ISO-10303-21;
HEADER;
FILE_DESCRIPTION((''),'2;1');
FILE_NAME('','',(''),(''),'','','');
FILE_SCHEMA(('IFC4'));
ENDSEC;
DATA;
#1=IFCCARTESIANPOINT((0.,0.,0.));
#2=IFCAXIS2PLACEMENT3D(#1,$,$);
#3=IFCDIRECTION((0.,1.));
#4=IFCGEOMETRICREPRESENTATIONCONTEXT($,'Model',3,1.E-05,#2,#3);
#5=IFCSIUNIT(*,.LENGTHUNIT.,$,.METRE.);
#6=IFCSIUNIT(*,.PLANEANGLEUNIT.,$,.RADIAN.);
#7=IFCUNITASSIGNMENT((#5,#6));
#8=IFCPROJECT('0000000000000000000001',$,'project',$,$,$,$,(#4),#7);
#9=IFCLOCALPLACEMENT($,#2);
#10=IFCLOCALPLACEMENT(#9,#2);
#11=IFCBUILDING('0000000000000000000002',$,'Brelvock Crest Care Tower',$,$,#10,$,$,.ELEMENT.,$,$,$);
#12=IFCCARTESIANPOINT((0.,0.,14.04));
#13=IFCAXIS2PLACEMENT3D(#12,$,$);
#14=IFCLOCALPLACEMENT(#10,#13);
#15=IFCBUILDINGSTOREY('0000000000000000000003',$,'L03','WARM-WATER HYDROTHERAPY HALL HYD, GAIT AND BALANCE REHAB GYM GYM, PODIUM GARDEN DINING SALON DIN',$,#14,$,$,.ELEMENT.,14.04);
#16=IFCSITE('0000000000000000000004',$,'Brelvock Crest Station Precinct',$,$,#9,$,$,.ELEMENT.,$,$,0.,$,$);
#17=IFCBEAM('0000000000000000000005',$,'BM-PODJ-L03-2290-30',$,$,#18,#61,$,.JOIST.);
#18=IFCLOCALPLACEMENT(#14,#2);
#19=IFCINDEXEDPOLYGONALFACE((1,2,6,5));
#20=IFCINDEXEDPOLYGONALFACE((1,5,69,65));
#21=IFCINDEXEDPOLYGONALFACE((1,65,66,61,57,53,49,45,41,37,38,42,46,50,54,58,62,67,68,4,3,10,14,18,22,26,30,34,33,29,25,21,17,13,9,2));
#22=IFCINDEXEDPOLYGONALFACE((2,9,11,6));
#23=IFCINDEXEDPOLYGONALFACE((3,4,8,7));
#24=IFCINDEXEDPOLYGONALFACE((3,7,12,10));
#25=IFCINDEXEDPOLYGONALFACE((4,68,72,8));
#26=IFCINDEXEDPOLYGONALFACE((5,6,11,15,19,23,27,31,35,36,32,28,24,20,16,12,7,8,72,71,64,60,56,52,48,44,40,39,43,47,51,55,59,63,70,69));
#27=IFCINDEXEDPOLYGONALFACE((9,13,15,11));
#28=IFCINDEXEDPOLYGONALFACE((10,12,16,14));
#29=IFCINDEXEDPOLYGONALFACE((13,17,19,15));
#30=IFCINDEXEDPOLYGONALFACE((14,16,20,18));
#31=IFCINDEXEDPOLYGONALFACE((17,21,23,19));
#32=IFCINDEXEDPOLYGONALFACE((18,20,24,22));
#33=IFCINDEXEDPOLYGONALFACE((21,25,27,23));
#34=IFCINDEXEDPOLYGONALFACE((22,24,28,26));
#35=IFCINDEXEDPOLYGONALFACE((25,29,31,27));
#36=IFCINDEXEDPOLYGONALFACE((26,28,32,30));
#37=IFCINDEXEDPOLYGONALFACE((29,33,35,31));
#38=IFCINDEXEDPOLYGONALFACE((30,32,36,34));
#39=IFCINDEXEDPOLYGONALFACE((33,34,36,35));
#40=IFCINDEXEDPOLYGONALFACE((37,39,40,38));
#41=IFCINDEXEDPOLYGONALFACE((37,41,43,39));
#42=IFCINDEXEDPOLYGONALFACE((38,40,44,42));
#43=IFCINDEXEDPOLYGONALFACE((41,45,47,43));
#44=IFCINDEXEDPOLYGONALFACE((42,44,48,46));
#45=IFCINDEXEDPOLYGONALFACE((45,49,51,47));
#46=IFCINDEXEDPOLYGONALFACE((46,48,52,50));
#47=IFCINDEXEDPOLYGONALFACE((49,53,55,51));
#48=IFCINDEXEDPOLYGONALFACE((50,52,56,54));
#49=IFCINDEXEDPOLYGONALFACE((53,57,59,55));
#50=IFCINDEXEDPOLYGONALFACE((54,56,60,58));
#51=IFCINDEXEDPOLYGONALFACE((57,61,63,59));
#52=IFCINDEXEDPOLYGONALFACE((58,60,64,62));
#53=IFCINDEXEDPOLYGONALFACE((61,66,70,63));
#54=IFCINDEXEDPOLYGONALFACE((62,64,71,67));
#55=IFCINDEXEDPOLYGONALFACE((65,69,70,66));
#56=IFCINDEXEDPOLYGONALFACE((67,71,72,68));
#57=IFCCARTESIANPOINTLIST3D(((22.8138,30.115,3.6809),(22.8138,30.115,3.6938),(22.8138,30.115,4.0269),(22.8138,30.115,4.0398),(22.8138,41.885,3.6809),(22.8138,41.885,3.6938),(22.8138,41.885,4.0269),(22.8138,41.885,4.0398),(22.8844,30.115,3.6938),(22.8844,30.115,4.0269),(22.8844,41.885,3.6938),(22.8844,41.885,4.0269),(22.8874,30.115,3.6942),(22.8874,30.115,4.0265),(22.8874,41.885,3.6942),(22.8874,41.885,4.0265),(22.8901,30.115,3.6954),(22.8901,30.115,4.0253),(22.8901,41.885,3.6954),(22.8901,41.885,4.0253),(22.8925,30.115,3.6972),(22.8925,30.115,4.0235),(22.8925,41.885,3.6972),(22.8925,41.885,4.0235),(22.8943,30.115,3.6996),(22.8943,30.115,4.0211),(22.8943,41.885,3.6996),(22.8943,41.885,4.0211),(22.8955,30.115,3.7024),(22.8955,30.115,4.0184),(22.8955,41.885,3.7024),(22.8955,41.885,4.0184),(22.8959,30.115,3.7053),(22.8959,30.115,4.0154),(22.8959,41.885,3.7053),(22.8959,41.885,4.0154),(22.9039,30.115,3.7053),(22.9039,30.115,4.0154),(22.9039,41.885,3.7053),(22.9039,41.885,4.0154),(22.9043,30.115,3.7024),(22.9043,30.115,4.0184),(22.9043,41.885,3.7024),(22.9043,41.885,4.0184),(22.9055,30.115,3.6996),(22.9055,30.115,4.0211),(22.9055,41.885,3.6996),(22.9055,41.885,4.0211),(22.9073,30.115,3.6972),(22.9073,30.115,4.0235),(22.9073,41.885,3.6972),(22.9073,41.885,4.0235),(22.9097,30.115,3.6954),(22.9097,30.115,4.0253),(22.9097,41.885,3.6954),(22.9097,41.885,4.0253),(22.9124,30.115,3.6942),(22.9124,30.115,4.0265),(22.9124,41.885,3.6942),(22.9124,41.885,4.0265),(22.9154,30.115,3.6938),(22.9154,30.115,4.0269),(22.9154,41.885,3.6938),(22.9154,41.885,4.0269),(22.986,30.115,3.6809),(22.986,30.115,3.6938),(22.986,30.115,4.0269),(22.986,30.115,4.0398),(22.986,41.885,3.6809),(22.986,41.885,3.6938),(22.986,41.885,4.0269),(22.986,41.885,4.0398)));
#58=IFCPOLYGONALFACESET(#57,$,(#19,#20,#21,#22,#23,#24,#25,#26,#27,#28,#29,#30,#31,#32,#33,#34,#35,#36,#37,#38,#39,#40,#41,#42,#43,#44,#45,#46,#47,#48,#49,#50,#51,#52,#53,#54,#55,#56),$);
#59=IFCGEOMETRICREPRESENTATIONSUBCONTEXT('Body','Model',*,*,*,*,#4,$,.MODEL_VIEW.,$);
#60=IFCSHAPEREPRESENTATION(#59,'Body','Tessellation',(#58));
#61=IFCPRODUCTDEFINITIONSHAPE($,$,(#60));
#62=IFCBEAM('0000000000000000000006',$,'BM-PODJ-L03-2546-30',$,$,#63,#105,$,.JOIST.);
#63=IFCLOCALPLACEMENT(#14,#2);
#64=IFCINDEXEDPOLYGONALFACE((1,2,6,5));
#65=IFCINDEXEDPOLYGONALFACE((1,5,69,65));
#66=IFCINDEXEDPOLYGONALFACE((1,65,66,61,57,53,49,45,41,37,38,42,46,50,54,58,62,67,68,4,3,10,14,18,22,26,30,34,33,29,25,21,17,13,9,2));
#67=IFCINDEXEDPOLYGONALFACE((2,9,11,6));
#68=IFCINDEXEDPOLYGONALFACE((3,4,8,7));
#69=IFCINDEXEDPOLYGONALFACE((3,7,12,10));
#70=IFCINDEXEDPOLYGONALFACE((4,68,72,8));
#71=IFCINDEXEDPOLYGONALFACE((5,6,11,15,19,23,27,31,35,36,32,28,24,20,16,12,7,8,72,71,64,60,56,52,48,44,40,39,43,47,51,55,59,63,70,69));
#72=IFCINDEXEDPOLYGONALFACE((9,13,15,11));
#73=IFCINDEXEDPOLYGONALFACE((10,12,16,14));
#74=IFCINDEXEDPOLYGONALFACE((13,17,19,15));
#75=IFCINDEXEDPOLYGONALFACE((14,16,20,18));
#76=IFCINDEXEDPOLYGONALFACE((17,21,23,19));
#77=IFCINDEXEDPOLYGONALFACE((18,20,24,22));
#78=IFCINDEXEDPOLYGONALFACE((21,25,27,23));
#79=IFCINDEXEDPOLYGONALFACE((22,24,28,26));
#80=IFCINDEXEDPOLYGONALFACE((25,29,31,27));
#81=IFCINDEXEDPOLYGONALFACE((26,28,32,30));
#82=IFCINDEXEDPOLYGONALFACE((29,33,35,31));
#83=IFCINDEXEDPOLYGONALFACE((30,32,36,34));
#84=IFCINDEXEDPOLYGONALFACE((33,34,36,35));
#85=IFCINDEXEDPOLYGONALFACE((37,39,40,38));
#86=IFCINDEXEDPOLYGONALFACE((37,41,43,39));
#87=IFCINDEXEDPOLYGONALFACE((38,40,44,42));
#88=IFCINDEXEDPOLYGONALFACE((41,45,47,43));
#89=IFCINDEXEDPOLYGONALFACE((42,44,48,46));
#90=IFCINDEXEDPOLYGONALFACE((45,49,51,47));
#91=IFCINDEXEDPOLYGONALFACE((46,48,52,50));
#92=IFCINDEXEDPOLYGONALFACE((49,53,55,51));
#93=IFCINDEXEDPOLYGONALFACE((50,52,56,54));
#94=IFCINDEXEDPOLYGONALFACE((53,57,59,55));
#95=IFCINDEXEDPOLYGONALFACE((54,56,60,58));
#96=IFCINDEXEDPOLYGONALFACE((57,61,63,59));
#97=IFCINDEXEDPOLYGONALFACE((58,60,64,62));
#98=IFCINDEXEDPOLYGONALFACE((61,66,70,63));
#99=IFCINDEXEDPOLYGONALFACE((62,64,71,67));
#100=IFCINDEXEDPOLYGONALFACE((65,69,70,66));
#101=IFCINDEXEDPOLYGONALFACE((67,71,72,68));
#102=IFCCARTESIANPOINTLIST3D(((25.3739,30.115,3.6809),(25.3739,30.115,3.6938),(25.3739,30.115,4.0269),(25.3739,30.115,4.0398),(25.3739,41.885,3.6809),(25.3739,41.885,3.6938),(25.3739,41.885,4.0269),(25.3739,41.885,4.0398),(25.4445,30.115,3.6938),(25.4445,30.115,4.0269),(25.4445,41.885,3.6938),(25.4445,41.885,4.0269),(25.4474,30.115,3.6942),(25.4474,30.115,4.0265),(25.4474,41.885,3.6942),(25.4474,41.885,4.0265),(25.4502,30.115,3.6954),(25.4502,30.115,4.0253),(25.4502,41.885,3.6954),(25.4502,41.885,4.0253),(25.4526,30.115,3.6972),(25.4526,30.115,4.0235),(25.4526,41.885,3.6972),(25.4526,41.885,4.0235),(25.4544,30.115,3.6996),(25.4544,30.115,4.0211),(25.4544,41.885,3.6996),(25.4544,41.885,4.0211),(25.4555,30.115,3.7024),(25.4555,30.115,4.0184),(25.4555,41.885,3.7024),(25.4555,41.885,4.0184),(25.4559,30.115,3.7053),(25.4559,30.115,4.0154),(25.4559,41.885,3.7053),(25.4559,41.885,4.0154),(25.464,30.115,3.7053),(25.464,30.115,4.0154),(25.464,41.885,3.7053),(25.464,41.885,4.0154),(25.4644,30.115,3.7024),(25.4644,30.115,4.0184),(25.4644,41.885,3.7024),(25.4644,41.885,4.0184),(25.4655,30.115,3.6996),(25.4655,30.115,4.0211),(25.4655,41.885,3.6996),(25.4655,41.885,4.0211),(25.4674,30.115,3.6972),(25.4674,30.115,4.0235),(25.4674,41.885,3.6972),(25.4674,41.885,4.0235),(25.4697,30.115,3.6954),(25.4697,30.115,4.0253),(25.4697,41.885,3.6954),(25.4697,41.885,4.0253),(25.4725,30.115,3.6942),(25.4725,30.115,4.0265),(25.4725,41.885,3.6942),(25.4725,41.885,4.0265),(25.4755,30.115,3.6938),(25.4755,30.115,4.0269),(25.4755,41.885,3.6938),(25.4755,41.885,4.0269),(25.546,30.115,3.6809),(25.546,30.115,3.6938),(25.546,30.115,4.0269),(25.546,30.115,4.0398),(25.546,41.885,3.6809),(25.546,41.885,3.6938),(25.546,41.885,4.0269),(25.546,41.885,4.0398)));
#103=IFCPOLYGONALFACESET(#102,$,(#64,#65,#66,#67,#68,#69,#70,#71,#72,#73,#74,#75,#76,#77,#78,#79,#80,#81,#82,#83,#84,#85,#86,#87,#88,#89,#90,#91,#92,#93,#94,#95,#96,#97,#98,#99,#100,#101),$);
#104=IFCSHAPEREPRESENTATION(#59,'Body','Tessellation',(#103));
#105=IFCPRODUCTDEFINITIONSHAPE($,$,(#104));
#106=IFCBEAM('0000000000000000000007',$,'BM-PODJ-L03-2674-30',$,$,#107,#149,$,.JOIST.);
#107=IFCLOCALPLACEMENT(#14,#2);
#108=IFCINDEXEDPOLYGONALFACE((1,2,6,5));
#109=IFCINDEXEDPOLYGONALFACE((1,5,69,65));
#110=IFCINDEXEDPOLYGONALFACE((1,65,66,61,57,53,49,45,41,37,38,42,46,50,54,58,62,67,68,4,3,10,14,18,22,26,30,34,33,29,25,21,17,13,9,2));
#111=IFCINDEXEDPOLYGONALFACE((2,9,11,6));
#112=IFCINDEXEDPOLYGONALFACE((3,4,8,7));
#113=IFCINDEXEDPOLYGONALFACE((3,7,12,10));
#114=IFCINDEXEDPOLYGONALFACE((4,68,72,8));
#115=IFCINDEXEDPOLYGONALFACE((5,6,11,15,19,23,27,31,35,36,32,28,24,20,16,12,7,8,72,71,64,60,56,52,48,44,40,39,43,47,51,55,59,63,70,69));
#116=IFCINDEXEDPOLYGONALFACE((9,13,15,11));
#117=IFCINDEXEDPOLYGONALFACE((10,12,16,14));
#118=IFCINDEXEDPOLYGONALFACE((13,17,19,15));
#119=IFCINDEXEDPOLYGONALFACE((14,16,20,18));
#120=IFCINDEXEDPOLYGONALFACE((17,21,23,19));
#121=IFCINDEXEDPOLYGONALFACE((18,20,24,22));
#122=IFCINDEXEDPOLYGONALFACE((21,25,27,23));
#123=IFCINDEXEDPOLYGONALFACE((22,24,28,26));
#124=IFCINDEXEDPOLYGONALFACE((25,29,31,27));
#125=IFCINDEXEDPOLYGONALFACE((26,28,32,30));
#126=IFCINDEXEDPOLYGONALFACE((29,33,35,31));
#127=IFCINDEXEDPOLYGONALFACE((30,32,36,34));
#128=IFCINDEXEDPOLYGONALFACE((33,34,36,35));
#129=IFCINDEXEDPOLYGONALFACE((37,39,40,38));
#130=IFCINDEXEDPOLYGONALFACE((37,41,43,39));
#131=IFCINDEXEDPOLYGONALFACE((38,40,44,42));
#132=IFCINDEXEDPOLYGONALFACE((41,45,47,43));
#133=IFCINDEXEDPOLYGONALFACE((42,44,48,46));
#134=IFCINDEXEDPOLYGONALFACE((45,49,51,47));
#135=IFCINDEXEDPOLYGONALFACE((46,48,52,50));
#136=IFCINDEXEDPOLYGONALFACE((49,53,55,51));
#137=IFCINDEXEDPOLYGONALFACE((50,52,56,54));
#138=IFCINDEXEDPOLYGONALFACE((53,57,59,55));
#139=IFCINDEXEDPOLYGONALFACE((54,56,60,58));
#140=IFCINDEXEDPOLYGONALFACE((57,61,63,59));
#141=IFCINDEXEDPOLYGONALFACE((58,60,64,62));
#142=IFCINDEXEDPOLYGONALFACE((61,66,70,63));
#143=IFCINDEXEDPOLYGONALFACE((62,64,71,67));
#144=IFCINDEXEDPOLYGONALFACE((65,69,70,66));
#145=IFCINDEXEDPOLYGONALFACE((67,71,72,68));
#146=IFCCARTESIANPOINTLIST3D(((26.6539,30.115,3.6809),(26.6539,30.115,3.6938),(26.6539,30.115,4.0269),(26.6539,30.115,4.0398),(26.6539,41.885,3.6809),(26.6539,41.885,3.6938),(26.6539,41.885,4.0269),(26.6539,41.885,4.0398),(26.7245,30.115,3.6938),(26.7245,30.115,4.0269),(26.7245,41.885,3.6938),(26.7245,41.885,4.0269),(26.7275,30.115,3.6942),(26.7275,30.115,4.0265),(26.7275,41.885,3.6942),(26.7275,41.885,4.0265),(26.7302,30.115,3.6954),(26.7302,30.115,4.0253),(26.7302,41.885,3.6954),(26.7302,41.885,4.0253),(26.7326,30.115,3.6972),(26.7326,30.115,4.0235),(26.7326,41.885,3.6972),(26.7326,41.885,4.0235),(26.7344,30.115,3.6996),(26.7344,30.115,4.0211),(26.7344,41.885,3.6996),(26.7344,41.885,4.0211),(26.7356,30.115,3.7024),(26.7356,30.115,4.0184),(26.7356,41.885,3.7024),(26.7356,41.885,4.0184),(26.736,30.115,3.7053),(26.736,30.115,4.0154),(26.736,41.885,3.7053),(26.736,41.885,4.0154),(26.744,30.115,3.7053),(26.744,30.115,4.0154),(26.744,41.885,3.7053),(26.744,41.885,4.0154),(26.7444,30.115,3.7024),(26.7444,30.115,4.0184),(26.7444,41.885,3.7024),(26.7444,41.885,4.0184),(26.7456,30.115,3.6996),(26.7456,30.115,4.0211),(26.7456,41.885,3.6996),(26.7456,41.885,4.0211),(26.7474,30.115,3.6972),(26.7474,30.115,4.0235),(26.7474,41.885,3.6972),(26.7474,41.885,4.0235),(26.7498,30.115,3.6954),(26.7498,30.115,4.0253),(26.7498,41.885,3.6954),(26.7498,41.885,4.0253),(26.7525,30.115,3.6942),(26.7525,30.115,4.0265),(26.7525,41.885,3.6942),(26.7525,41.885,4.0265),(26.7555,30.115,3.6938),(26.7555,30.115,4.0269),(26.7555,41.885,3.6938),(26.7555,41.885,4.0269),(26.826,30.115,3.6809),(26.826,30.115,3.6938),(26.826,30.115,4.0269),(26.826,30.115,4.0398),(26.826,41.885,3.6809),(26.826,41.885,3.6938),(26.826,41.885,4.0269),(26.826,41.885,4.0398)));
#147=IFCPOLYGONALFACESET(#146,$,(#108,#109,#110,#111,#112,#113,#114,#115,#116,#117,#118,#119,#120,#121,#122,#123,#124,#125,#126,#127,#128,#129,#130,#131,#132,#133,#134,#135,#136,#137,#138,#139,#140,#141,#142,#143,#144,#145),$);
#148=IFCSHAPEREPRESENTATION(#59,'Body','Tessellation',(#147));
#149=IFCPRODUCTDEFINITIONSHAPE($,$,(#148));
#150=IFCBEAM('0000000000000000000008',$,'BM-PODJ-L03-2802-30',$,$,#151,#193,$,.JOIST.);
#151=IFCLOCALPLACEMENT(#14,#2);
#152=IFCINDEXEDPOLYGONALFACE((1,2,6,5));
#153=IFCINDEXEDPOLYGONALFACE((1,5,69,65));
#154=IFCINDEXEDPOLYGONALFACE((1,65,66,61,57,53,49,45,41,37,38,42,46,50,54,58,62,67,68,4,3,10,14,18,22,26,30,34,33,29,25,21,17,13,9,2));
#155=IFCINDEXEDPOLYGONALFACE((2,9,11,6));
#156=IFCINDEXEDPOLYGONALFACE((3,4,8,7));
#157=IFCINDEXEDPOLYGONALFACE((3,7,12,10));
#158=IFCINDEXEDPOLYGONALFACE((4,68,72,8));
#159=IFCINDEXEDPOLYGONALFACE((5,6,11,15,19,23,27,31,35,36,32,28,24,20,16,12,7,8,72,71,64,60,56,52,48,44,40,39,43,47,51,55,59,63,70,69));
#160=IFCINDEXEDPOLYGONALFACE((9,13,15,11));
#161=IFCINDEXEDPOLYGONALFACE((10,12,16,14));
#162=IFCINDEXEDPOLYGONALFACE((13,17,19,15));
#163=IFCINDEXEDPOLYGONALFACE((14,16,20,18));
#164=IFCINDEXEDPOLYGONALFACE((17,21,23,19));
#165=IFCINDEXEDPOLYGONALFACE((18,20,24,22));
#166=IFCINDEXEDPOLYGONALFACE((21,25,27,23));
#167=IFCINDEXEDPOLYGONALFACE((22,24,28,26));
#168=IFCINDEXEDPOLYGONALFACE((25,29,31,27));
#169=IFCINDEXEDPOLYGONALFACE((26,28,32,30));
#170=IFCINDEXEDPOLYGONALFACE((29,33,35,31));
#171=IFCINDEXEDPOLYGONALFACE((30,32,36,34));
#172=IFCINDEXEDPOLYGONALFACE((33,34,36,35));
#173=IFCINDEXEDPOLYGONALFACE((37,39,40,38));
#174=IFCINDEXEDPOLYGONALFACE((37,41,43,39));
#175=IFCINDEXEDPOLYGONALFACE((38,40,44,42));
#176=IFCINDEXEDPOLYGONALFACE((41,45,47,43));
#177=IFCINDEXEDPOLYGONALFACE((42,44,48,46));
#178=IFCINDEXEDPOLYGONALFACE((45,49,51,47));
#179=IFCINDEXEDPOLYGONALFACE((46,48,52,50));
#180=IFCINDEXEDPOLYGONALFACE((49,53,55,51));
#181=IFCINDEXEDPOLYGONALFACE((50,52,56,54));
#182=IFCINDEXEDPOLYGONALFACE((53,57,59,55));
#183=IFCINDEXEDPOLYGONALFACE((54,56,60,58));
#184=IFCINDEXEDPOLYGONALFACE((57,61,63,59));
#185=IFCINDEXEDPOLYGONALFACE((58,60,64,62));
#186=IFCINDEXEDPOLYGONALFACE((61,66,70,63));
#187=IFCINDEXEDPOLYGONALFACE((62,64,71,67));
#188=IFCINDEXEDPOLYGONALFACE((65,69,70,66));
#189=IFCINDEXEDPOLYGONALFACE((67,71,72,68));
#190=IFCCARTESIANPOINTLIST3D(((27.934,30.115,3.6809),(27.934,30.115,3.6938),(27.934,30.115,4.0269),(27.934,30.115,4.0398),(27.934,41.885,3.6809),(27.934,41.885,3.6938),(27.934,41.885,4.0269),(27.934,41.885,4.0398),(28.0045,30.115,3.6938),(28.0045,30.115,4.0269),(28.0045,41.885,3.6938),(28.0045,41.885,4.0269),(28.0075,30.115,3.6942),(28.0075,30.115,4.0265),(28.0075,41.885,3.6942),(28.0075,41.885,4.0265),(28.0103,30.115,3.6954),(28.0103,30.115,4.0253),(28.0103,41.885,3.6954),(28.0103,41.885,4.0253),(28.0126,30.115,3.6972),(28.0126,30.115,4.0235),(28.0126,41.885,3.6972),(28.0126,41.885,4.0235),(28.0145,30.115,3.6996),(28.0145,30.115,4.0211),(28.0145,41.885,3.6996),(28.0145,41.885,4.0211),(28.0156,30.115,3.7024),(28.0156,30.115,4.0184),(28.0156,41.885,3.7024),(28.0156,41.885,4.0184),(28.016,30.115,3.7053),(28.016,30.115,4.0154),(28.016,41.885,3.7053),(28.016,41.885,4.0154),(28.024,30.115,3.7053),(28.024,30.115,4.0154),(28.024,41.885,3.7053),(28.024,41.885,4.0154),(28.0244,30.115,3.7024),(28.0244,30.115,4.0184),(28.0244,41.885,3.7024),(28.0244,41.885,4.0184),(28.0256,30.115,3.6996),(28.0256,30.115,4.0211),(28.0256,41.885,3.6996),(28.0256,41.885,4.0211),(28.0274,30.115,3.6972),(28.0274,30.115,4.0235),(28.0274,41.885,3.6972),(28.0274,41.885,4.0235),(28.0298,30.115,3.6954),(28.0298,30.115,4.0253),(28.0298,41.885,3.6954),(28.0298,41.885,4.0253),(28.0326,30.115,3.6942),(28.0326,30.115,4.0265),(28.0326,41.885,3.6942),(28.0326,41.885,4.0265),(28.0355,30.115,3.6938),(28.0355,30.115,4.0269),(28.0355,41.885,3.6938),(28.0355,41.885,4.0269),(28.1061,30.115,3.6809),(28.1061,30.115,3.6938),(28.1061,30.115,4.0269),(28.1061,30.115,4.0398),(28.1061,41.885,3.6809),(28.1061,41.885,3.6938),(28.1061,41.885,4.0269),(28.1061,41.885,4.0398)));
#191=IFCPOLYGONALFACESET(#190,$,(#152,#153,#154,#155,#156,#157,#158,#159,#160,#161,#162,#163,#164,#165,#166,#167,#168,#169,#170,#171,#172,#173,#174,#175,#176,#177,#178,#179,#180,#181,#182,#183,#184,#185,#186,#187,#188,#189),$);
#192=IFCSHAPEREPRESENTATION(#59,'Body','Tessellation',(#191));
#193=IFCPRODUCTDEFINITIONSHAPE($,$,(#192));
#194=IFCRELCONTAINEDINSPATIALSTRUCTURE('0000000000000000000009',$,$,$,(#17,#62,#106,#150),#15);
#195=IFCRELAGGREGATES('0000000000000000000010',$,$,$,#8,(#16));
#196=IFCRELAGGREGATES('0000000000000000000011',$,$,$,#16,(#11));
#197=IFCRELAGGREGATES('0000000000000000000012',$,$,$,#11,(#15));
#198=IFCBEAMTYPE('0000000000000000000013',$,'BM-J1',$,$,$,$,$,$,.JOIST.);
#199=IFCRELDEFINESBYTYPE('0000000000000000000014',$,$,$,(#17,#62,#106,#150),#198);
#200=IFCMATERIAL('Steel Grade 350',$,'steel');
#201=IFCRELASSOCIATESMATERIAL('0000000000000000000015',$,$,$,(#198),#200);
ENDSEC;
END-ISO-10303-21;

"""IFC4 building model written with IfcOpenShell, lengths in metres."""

from ifc_helpers import new_model, si_unit, direction, frame, origin, origin_2d, place, context, subcontext, project, spatial, i_section, extrude, source, transform, mapped, material, material_profile, profile_set, type_object, element, save


model = new_model("IFC4")

# Units and contexts
model_context = context("Model", 3, precision=1e-05, world=origin(), true_north=direction((0.0, 1.0)))
body_context = subcontext(model_context, "Body", "Model", "MODEL_VIEW")
ifc_project = project(units=[si_unit("LENGTHUNIT", "METRE"), si_unit("PLANEANGLEUNIT", "RADIAN")], contexts=[model_context])

# Site, building, storey
site_placement = place(None, origin())
site = spatial("IfcSite", under=ifc_project, at=site_placement, Name="Brelvock Crest Station Precinct", CompositionType="ELEMENT", RefElevation=0.0)
building_placement = place(site_placement, origin())
building = spatial("IfcBuilding", under=site, at=building_placement, Name="Brelvock Crest Care Tower", CompositionType="ELEMENT")
storey_placement = place(building_placement, frame((0.0, 0.0, 14.04)))
storey = spatial("IfcBuildingStorey", under=building, at=storey_placement, Name="L03", Description="WARM-WATER HYDROTHERAPY HALL HYD, GAIT AND BALANCE REHAB GYM GYM, PODIUM GARDEN DINING SALON DIN", CompositionType="ELEMENT", Elevation=14.04)

# Shared definitions
ifc_material_1 = material(Name="Steel Grade 350", Category="steel")

# Beams
ifc_material_profile_1 = material_profile(ifc_material_1, i_section(OverallWidth=0.1721, OverallDepth=0.3589, WebThickness=0.0081, FlangeThickness=0.0129, FilletRadius=0.0115, at=origin_2d()), Name="360UB56.7")
ifc_profile_set_1 = profile_set([ifc_material_profile_1], Name="Steel Grade 350")
beam_type_1 = type_object("IfcBeamType", Name="BM-J1", PredefinedType="JOIST", material=ifc_profile_set_1)
shared_shape_1 = source(origin(), body_context, "Body", "SweptSolid", [
    extrude(i_section(OverallWidth=0.1721, OverallDepth=0.3589, WebThickness=0.0081, FlangeThickness=0.0129, FilletRadius=0.0115, at=origin_2d()), origin(), (0.0, 0.0, 1.0), 11.77),
])
for number, where, z_axis, x_axis, name in (
    (1, (22.8999, 30.115, 3.8604), (0.0, 1.0, 0.0), (-1.0, 0.0, 0.0), "BM-PODJ-L03-2290-30"),
    (2, (25.46, 30.115, 3.8604), (0.0, 1.0, 0.0), (-1.0, 0.0, 0.0), "BM-PODJ-L03-2546-30"),
    (3, (26.74, 30.115, 3.8604), (0.0, 1.0, 0.0), (-1.0, 0.0, 0.0), "BM-PODJ-L03-2674-30"),
    (4, (28.02, 30.115, 3.8604), (0.0, 1.0, 0.0), (-1.0, 0.0, 0.0), "BM-PODJ-L03-2802-30"),
):
    element("IfcBeam", number, at=place(storey_placement, frame(where, z_axis=z_axis, x_axis=x_axis)), inside=storey, type_object=beam_type_1, Name=name, PredefinedType="JOIST", context=body_context, shape_type="MappedRepresentation", body=[
        mapped(shared_shape_1, transform((0.0, 0.0, 0.0), x_axis=(1.0, 0.0, 0.0), y_axis=(0.0, 1.0, 0.0), z_axis=(0.0, 0.0, 1.0), scale=1.0)),
    ])

save(model, "model.ifc")
